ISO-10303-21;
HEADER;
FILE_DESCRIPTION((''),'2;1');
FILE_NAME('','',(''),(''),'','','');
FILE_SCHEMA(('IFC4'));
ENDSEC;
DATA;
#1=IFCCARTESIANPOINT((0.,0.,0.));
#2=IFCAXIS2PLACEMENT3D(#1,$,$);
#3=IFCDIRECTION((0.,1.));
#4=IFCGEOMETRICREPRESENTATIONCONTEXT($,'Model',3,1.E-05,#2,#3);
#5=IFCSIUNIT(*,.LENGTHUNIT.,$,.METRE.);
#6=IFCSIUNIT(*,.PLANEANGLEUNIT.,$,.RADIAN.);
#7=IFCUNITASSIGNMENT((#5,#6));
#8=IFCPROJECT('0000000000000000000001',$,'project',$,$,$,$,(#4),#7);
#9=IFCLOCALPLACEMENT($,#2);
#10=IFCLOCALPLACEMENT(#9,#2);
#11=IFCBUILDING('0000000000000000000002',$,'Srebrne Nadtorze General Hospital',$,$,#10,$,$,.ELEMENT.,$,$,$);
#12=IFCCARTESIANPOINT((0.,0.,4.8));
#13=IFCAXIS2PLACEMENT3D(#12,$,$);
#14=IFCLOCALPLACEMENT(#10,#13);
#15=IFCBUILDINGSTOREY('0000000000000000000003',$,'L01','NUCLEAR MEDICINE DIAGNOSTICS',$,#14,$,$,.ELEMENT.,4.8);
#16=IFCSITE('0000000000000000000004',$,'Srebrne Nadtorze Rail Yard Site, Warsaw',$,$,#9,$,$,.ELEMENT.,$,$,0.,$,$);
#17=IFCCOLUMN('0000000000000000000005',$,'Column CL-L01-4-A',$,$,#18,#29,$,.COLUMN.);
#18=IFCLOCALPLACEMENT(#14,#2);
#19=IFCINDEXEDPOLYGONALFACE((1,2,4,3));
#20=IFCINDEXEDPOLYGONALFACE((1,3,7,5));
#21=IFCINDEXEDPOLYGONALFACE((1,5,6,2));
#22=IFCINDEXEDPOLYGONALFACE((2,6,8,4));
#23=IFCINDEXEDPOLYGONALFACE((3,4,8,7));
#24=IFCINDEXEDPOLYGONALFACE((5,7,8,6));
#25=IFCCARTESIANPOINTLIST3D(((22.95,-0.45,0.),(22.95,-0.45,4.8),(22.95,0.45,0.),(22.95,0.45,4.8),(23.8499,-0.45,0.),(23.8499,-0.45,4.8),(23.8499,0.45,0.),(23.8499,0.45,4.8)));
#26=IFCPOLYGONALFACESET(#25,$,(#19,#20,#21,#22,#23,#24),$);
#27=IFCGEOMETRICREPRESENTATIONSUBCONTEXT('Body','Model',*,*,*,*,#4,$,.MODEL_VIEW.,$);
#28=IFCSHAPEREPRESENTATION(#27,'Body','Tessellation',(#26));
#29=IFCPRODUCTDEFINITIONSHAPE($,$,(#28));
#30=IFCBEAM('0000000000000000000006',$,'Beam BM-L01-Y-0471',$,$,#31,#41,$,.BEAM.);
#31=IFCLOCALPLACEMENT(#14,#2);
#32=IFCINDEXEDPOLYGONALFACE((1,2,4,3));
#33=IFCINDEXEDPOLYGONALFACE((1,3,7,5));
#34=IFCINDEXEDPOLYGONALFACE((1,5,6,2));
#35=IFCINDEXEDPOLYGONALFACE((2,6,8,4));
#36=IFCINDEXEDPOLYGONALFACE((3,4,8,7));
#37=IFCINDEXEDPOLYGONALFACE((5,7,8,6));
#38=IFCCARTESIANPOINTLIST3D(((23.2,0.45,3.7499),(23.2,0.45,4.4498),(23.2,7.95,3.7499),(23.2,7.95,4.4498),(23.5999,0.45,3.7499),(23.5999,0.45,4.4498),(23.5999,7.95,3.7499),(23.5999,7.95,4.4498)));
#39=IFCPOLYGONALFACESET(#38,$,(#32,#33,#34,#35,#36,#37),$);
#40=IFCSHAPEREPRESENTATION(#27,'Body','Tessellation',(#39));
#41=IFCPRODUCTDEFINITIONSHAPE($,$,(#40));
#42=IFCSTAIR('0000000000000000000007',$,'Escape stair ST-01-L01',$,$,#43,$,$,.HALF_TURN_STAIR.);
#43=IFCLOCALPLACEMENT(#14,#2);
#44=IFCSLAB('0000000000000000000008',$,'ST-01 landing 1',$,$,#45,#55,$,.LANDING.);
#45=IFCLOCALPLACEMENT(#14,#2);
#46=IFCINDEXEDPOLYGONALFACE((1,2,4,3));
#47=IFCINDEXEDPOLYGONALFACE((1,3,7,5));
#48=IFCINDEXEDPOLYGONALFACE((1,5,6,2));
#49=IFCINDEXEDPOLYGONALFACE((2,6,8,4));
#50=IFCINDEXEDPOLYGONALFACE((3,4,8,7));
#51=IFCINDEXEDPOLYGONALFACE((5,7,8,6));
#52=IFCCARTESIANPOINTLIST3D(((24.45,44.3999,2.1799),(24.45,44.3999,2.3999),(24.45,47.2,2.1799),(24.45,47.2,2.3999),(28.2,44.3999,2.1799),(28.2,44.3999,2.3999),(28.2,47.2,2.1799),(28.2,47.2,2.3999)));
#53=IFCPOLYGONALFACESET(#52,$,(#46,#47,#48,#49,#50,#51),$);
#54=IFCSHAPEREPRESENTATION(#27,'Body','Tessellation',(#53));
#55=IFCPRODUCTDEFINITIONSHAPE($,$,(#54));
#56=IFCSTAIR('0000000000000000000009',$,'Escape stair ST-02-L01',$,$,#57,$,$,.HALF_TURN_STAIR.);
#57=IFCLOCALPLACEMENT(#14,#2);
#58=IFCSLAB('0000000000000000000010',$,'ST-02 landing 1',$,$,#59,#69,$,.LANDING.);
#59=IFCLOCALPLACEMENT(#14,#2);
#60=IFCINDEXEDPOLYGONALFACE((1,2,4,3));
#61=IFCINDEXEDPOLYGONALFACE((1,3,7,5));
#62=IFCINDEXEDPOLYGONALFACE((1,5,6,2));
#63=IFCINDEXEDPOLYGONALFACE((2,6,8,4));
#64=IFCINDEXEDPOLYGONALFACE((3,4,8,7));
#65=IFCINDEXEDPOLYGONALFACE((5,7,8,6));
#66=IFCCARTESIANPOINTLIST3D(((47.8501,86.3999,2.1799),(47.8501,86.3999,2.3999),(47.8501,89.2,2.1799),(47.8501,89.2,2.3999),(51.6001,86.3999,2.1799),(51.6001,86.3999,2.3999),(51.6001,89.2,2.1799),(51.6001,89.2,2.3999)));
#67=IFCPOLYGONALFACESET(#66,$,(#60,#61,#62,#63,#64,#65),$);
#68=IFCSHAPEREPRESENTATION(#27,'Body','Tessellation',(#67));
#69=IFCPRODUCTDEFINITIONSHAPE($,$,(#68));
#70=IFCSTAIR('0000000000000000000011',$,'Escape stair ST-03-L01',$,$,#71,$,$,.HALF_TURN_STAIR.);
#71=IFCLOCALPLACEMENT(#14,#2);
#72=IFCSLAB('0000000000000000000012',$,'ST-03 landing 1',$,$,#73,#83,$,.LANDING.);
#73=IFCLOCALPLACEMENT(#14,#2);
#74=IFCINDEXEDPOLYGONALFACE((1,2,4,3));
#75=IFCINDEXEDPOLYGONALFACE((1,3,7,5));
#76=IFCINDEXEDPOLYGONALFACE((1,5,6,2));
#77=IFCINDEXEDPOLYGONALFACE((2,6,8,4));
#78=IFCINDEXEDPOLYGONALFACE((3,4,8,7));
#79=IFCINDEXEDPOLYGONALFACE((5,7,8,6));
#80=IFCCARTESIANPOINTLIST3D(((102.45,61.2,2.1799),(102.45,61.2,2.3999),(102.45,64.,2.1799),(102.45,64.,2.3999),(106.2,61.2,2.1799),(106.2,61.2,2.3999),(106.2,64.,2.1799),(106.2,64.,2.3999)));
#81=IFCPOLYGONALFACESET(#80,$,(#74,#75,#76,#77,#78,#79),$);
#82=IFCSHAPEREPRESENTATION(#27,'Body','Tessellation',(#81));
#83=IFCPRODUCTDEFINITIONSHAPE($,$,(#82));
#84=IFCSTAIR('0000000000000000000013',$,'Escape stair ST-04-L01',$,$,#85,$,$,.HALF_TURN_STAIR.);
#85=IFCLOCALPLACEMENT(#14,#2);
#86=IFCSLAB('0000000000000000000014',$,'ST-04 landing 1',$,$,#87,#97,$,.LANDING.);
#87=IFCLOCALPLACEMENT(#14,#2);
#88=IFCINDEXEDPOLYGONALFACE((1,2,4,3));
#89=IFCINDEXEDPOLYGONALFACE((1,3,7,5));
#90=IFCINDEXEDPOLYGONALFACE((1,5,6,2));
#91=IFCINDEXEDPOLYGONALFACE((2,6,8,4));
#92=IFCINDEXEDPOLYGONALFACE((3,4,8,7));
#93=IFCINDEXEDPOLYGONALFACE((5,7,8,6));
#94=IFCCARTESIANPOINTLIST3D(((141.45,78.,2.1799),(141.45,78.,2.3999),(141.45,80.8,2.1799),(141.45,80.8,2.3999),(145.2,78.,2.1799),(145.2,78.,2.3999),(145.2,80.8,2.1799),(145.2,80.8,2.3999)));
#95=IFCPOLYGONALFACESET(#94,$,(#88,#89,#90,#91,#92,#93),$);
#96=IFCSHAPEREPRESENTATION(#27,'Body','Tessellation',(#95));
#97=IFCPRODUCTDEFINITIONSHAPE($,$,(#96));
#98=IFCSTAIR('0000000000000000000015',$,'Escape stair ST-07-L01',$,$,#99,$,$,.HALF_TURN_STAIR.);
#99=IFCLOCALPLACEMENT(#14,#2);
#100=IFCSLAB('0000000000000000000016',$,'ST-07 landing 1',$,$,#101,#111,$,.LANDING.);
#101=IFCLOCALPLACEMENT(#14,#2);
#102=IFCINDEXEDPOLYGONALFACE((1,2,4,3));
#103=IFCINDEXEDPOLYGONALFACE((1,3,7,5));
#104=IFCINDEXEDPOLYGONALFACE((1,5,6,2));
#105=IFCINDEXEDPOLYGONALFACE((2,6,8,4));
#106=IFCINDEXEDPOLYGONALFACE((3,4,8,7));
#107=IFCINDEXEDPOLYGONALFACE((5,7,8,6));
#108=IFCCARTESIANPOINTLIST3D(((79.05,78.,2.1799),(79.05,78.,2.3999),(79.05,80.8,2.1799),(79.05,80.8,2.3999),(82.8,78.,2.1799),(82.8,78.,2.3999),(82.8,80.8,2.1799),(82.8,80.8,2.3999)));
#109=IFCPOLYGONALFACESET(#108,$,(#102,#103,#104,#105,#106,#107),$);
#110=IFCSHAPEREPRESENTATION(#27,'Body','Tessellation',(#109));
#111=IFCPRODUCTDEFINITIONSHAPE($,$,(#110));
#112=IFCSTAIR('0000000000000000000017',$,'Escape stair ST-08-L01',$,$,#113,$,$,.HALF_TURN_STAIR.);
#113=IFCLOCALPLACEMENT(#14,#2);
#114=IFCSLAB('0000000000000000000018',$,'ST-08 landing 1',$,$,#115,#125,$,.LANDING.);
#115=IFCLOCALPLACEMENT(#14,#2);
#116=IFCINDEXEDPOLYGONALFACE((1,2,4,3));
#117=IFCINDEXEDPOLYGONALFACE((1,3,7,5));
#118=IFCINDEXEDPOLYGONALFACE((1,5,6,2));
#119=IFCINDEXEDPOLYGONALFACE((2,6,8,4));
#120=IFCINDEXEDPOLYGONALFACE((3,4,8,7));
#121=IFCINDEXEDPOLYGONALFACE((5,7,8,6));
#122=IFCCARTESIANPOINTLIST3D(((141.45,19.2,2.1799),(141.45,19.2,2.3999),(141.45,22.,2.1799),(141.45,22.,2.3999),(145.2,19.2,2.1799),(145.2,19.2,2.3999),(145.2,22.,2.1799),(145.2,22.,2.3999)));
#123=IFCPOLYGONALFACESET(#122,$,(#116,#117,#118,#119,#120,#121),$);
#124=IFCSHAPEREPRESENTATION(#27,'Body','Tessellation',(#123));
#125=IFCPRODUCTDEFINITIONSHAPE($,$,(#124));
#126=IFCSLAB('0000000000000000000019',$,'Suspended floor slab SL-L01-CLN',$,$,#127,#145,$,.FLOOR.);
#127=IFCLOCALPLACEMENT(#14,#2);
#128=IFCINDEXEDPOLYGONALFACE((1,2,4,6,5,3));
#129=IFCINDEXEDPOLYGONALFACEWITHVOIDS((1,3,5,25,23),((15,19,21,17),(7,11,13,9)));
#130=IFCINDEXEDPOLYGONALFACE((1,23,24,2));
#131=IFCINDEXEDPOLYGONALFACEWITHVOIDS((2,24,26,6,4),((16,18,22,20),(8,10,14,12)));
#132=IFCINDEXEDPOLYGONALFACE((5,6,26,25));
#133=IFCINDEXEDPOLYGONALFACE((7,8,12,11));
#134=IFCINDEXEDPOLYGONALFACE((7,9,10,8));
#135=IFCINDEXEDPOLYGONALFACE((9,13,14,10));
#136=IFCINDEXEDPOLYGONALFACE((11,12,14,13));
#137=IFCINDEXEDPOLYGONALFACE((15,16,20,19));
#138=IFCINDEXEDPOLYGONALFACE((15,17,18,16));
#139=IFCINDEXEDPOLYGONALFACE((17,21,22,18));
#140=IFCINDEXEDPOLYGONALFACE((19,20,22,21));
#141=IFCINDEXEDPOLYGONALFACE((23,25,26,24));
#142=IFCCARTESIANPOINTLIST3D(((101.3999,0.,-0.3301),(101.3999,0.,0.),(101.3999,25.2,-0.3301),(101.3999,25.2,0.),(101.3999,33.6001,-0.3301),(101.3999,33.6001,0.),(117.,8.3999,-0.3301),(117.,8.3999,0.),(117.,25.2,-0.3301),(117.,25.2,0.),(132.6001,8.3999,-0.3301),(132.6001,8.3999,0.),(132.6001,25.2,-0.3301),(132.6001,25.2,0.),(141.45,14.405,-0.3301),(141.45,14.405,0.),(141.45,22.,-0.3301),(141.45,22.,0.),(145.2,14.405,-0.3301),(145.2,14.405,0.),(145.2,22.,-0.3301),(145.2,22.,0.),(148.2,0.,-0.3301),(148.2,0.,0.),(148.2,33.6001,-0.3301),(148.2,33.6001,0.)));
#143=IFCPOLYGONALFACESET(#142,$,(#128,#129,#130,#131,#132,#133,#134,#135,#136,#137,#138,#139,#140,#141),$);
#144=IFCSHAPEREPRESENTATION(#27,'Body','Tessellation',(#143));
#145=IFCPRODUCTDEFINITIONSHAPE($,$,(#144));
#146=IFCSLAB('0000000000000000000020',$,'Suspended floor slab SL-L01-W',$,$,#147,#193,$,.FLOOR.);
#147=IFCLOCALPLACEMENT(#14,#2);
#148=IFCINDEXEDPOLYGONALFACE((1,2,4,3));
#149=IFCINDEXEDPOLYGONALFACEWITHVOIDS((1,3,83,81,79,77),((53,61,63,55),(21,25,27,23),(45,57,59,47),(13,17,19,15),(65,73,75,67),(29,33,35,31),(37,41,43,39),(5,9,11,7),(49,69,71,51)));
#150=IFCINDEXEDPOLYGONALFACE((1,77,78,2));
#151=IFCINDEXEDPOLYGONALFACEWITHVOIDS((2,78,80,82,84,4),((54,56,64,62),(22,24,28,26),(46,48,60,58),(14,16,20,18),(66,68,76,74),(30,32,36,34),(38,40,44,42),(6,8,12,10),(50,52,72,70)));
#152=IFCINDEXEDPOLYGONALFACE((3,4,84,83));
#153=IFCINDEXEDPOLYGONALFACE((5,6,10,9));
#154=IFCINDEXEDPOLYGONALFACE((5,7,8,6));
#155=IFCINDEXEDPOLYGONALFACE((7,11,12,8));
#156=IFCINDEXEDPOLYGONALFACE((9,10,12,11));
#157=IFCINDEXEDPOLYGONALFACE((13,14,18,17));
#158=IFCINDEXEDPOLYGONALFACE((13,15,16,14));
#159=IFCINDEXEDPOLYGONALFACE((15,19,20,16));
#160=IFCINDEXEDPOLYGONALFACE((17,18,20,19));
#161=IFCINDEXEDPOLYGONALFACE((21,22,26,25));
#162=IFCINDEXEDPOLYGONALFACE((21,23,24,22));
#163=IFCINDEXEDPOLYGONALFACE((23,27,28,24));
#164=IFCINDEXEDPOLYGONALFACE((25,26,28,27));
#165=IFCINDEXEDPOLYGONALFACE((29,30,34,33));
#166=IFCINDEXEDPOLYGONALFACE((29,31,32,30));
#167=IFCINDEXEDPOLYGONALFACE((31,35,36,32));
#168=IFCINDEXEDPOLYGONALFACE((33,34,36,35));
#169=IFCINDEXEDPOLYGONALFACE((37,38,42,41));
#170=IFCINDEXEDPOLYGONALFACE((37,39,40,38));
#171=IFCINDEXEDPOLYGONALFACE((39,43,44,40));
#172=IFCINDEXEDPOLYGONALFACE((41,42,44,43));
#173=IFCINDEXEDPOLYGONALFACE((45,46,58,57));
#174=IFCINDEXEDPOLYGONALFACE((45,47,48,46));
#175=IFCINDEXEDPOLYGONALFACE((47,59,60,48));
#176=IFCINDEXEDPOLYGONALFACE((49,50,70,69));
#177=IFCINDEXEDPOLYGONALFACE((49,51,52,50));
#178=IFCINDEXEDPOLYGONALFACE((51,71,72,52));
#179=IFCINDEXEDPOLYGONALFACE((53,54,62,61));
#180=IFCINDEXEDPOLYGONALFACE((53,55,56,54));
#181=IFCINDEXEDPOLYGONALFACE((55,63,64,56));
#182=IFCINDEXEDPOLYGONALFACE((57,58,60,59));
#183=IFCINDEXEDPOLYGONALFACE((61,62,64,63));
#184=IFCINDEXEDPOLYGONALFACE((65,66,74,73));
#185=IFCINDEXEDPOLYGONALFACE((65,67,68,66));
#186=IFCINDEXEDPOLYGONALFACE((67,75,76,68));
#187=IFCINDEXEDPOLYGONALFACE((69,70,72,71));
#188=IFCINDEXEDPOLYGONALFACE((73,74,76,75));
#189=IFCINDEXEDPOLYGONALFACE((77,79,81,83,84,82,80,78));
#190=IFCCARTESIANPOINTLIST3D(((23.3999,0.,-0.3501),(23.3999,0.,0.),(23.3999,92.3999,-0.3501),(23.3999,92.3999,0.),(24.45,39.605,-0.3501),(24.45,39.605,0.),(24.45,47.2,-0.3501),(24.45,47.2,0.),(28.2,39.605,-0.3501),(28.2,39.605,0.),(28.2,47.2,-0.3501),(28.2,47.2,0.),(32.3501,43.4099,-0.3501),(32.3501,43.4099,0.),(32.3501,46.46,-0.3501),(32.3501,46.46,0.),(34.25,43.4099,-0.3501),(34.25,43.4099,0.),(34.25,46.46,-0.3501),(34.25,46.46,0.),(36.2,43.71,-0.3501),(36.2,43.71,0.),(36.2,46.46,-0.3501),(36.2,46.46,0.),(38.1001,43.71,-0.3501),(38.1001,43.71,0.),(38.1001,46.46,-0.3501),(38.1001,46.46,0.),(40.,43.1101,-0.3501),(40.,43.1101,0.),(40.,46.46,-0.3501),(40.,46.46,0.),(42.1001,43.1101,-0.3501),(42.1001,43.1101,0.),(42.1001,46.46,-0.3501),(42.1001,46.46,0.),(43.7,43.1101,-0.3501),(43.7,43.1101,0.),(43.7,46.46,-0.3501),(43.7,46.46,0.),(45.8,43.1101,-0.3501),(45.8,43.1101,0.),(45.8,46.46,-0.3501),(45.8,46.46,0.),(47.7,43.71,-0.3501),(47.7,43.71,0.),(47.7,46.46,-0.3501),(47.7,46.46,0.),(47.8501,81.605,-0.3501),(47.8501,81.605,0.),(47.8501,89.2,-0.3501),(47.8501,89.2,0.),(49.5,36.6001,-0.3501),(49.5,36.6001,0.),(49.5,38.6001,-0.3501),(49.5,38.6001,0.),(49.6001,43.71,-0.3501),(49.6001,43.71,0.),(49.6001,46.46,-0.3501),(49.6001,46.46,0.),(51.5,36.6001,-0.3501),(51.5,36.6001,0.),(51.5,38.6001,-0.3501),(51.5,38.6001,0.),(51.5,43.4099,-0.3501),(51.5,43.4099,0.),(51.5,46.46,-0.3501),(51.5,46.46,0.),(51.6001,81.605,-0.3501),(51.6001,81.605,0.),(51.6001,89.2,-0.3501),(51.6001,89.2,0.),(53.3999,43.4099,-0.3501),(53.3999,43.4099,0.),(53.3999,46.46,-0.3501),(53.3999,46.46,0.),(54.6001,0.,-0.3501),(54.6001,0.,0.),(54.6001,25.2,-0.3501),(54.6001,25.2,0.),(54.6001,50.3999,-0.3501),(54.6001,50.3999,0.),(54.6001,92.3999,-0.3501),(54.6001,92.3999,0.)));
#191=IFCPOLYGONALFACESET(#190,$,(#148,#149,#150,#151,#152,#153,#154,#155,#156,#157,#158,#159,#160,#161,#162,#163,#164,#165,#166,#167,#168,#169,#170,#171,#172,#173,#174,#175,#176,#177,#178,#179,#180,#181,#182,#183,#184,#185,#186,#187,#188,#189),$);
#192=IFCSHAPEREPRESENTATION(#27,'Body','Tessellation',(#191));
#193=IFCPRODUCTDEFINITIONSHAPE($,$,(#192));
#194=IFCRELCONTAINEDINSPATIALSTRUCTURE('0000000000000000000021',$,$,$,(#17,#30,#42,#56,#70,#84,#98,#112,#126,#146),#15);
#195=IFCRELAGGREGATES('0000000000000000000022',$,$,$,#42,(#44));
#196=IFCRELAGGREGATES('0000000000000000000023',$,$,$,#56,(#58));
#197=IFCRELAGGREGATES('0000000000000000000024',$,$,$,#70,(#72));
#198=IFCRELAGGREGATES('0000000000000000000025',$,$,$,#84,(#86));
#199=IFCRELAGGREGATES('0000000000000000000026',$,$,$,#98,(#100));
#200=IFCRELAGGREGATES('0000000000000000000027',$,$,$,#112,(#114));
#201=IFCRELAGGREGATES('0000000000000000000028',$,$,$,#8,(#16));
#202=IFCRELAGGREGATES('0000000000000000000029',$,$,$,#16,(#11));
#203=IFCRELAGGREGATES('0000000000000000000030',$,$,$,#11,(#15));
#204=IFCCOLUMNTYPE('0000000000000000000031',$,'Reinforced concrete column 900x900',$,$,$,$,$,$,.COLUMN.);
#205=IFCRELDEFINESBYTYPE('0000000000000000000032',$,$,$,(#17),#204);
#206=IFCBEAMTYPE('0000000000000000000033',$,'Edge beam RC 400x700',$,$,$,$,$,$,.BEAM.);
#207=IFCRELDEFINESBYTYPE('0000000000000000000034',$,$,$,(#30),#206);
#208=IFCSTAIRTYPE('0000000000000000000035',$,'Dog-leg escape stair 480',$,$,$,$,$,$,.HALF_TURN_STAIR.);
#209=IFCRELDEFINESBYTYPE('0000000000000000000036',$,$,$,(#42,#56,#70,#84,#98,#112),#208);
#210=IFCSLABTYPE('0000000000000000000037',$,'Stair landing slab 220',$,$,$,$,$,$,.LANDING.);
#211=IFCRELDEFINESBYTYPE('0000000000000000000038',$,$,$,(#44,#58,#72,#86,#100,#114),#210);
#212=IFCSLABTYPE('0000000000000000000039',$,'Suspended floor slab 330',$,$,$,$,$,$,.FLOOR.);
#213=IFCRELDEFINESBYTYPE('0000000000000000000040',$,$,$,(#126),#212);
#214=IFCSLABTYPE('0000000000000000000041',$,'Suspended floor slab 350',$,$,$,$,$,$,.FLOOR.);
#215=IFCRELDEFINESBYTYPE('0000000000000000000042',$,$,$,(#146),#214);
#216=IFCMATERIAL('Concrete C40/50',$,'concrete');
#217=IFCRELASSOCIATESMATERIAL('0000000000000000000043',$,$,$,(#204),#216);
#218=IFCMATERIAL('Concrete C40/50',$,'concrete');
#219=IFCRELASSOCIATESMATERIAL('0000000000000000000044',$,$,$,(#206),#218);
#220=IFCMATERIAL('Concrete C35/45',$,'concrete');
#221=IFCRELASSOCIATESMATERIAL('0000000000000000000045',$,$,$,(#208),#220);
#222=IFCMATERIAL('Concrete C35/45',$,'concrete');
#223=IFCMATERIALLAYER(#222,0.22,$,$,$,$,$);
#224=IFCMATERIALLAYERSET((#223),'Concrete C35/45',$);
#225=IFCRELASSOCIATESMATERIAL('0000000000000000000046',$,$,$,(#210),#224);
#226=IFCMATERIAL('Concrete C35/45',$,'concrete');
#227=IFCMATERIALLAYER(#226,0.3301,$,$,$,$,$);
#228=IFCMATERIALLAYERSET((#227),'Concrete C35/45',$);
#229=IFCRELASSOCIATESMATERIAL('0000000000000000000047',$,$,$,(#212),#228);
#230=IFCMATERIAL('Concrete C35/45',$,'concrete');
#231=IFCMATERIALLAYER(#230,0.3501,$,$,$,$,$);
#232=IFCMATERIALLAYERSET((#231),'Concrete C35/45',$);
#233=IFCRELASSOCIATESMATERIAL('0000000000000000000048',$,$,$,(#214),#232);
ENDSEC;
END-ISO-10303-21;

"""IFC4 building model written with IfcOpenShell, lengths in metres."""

from ifc_helpers import new_model, si_unit, direction, frame, origin, origin_2d, place, context, subcontext, project, spatial, polyline, rectangle, outline, extrude, material, layer, layer_set, material_profile, profile_set, type_object, element, aggregate, save


model = new_model("IFC4")

# Units and contexts
model_context = context("Model", 3, precision=1e-05, world=origin(), true_north=direction((0.0, 1.0)))
body_context = subcontext(model_context, "Body", "Model", "MODEL_VIEW")
ifc_project = project(units=[si_unit("LENGTHUNIT", "METRE"), si_unit("PLANEANGLEUNIT", "RADIAN")], contexts=[model_context])

# Site, building, storey
site_placement = place(None, origin())
site = spatial("IfcSite", under=ifc_project, at=site_placement, Name="Srebrne Nadtorze Rail Yard Site, Warsaw", CompositionType="ELEMENT", RefElevation=0.0)
building_placement = place(site_placement, origin())
building = spatial("IfcBuilding", under=site, at=building_placement, Name="Srebrne Nadtorze General Hospital", CompositionType="ELEMENT")
storey_placement = place(building_placement, frame((0.0, 0.0, 4.8)))
storey = spatial("IfcBuildingStorey", under=building, at=storey_placement, Name="L01", Description="NUCLEAR MEDICINE DIAGNOSTICS", CompositionType="ELEMENT", Elevation=4.8)

# Column
ifc_material_1 = material(Name="Concrete C40/50", Category="concrete")
ifc_material_profile_1 = material_profile(ifc_material_1, rectangle(XDim=0.8999, YDim=0.8999, at=origin_2d()), Name="RC-COL-900x900")
ifc_profile_set_1 = profile_set([ifc_material_profile_1], Name="Concrete C40/50")
column_type = type_object("IfcColumnType", Name="Reinforced concrete column 900x900", PredefinedType="COLUMN", material=ifc_profile_set_1)
column_placement = place(storey_placement, frame((23.3999, 0.0, 0.0), z_axis=(0.0, 0.0, 1.0), x_axis=(1.0, 0.0, 0.0)))
element("IfcColumn", 1, at=column_placement, inside=storey, type_object=column_type, Name="Column CL-L01-4-A", PredefinedType="COLUMN", context=body_context, shape_type="SweptSolid", body=[
    extrude(rectangle(XDim=0.8999, YDim=0.8999, at=origin_2d()), origin(), (0.0, 0.0, 1.0), 4.8),
])

# Beam
ifc_material_2 = material(Name="Concrete C40/50", Category="concrete")
ifc_material_profile_2 = material_profile(ifc_material_2, rectangle(XDim=0.3999, YDim=0.7, at=origin_2d()), Name="RC-BM-400x700")
ifc_profile_set_2 = profile_set([ifc_material_profile_2], Name="Concrete C40/50")
beam_type = type_object("IfcBeamType", Name="Edge beam RC 400x700", PredefinedType="BEAM", material=ifc_profile_set_2)
beam_placement = place(storey_placement, frame((23.3999, 0.45, 4.0999), z_axis=(0.0, 1.0, 0.0), x_axis=(-1.0, 0.0, 0.0)))
element("IfcBeam", 2, at=beam_placement, inside=storey, type_object=beam_type, Name="Beam BM-L01-Y-0471", PredefinedType="BEAM", context=body_context, shape_type="SweptSolid", body=[
    extrude(rectangle(XDim=0.3999, YDim=0.7, at=origin_2d()), origin(), (0.0, 0.0, 1.0), 7.5),
])

# Stairs, slabs
ifc_material_3 = material(Name="Concrete C35/45", Category="concrete")
stair_type = type_object("IfcStairType", Name="Dog-leg escape stair 480", PredefinedType="HALF_TURN_STAIR", material=ifc_material_3)
stair_1_placement = place(storey_placement, origin())
stair_1 = element("IfcStair", 3, at=stair_1_placement, inside=storey, type_object=stair_type, Name="Escape stair ST-01-L01", PredefinedType="HALF_TURN_STAIR")
ifc_material_4 = material(Name="Concrete C35/45", Category="concrete")
ifc_layer_1 = layer(ifc_material_4, 0.22)
ifc_layer_set_1 = layer_set([ifc_layer_1], Name="Concrete C35/45")
slab_type_1 = type_object("IfcSlabType", Name="Stair landing slab 220", PredefinedType="LANDING", material=ifc_layer_set_1)
slab_1_placement = place(storey_placement, frame((0.0, 0.0, 2.1799)))
slab_1 = element("IfcSlab", 4, at=slab_1_placement, type_object=slab_type_1, Name="ST-01 landing 1", PredefinedType="LANDING", context=body_context, shape_type="SweptSolid", body=[
    extrude(outline(polyline([(24.45, 44.3999), (28.2, 44.3999), (28.2, 47.2), (24.45, 47.2), (24.45, 44.3999)])), origin(), (0.0, 0.0, 1.0), 0.22),
])
aggregate(stair_1, [slab_1])
stair_2_placement = place(storey_placement, origin())
stair_2 = element("IfcStair", 5, at=stair_2_placement, inside=storey, type_object=stair_type, Name="Escape stair ST-02-L01", PredefinedType="HALF_TURN_STAIR")
slab_2_placement = place(storey_placement, frame((0.0, 0.0, 2.1799)))
slab_2 = element("IfcSlab", 6, at=slab_2_placement, type_object=slab_type_1, Name="ST-02 landing 1", PredefinedType="LANDING", context=body_context, shape_type="SweptSolid", body=[
    extrude(outline(polyline([(47.8501, 86.3999), (51.6001, 86.3999), (51.6001, 89.2), (47.8501, 89.2), (47.8501, 86.3999)])), origin(), (0.0, 0.0, 1.0), 0.22),
])
aggregate(stair_2, [slab_2])
stair_3_placement = place(storey_placement, origin())
stair_3 = element("IfcStair", 7, at=stair_3_placement, inside=storey, type_object=stair_type, Name="Escape stair ST-03-L01", PredefinedType="HALF_TURN_STAIR")
slab_3_placement = place(storey_placement, frame((0.0, 0.0, 2.1799)))
slab_3 = element("IfcSlab", 8, at=slab_3_placement, type_object=slab_type_1, Name="ST-03 landing 1", PredefinedType="LANDING", context=body_context, shape_type="SweptSolid", body=[
    extrude(outline(polyline([(102.45, 61.2), (106.2, 61.2), (106.2, 64.0), (102.45, 64.0), (102.45, 61.2)])), origin(), (0.0, 0.0, 1.0), 0.22),
])
aggregate(stair_3, [slab_3])
stair_4_placement = place(storey_placement, origin())
stair_4 = element("IfcStair", 9, at=stair_4_placement, inside=storey, type_object=stair_type, Name="Escape stair ST-04-L01", PredefinedType="HALF_TURN_STAIR")
slab_4_placement = place(storey_placement, frame((0.0, 0.0, 2.1799)))
slab_4 = element("IfcSlab", 10, at=slab_4_placement, type_object=slab_type_1, Name="ST-04 landing 1", PredefinedType="LANDING", context=body_context, shape_type="SweptSolid", body=[
    extrude(outline(polyline([(141.45, 78.0), (145.2, 78.0), (145.2, 80.8), (141.45, 80.8), (141.45, 78.0)])), origin(), (0.0, 0.0, 1.0), 0.22),
])
aggregate(stair_4, [slab_4])
stair_5_placement = place(storey_placement, origin())
stair_5 = element("IfcStair", 11, at=stair_5_placement, inside=storey, type_object=stair_type, Name="Escape stair ST-07-L01", PredefinedType="HALF_TURN_STAIR")
slab_5_placement = place(storey_placement, frame((0.0, 0.0, 2.1799)))
slab_5 = element("IfcSlab", 12, at=slab_5_placement, type_object=slab_type_1, Name="ST-07 landing 1", PredefinedType="LANDING", context=body_context, shape_type="SweptSolid", body=[
    extrude(outline(polyline([(79.05, 78.0), (82.8, 78.0), (82.8, 80.8), (79.05, 80.8), (79.05, 78.0)])), origin(), (0.0, 0.0, 1.0), 0.22),
])
aggregate(stair_5, [slab_5])
stair_6_placement = place(storey_placement, origin())
stair_6 = element("IfcStair", 13, at=stair_6_placement, inside=storey, type_object=stair_type, Name="Escape stair ST-08-L01", PredefinedType="HALF_TURN_STAIR")
slab_6_placement = place(storey_placement, frame((0.0, 0.0, 2.1799)))
slab_6 = element("IfcSlab", 14, at=slab_6_placement, type_object=slab_type_1, Name="ST-08 landing 1", PredefinedType="LANDING", context=body_context, shape_type="SweptSolid", body=[
    extrude(outline(polyline([(141.45, 19.2), (145.2, 19.2), (145.2, 22.0), (141.45, 22.0), (141.45, 19.2)])), origin(), (0.0, 0.0, 1.0), 0.22),
])
aggregate(stair_6, [slab_6])

# Slabs
ifc_material_5 = material(Name="Concrete C35/45", Category="concrete")
ifc_layer_2 = layer(ifc_material_5, 0.3301)
ifc_layer_set_2 = layer_set([ifc_layer_2], Name="Concrete C35/45")
slab_type_2 = type_object("IfcSlabType", Name="Suspended floor slab 330", PredefinedType="FLOOR", material=ifc_layer_set_2)
slab_7_placement = place(storey_placement, frame((0.0, 0.0, -0.3301)))
element("IfcSlab", 15, at=slab_7_placement, inside=storey, type_object=slab_type_2, Name="Suspended floor slab SL-L01-CLN", PredefinedType="FLOOR", context=body_context, shape_type="SweptSolid", body=[
    extrude(outline(polyline([(101.3999, 33.6001), (101.3999, 25.2), (101.3999, 0.0), (148.2, 0.0), (148.2, 33.6001), (101.3999, 33.6001)]), holes=[polyline([(132.6001, 8.3999), (117.0, 8.3999), (117.0, 25.2), (132.6001, 25.2), (132.6001, 8.3999)]), polyline([(141.45, 14.405), (141.45, 22.0), (145.2, 22.0), (145.2, 14.405), (141.45, 14.405)])]), origin(), (0.0, 0.0, 1.0), 0.3301),
])
ifc_material_6 = material(Name="Concrete C35/45", Category="concrete")
ifc_layer_3 = layer(ifc_material_6, 0.3501)
ifc_layer_set_3 = layer_set([ifc_layer_3], Name="Concrete C35/45")
slab_type_3 = type_object("IfcSlabType", Name="Suspended floor slab 350", PredefinedType="FLOOR", material=ifc_layer_set_3)
slab_8_placement = place(storey_placement, frame((0.0, 0.0, -0.3501)))
element("IfcSlab", 16, at=slab_8_placement, inside=storey, type_object=slab_type_3, Name="Suspended floor slab SL-L01-W", PredefinedType="FLOOR", context=body_context, shape_type="SweptSolid", body=[
    extrude(outline(polyline([(54.6001, 25.2), (54.6001, 50.3999), (54.6001, 92.3999), (23.3999, 92.3999), (23.3999, 0.0), (54.6001, 0.0), (54.6001, 25.2)]), holes=[polyline([(49.5, 36.6001), (49.5, 38.6001), (51.5, 38.6001), (51.5, 36.6001), (49.5, 36.6001)]), polyline([(24.45, 39.605), (24.45, 47.2), (28.2, 47.2), (28.2, 39.605), (24.45, 39.605)]), polyline([(40.0, 43.1101), (40.0, 46.46), (42.1001, 46.46), (42.1001, 43.1101), (40.0, 43.1101)]), polyline([(43.7, 43.1101), (43.7, 46.46), (45.8, 46.46), (45.8, 43.1101), (43.7, 43.1101)]), polyline([(32.3501, 43.4099), (32.3501, 46.46), (34.25, 46.46), (34.25, 43.4099), (32.3501, 43.4099)]), polyline([(53.3999, 43.4099), (51.5, 43.4099), (51.5, 46.46), (53.3999, 46.46), (53.3999, 43.4099)]), polyline([(36.2, 43.71), (36.2, 46.46), (38.1001, 46.46), (38.1001, 43.71), (36.2, 43.71)]), polyline([(47.7, 43.71), (47.7, 46.46), (49.6001, 46.46), (49.6001, 43.71), (47.7, 43.71)]), polyline([(47.8501, 81.605), (47.8501, 89.2), (51.6001, 89.2), (51.6001, 81.605), (47.8501, 81.605)])]), origin(), (0.0, 0.0, 1.0), 0.3501),
])

save(model, "model.ifc")
